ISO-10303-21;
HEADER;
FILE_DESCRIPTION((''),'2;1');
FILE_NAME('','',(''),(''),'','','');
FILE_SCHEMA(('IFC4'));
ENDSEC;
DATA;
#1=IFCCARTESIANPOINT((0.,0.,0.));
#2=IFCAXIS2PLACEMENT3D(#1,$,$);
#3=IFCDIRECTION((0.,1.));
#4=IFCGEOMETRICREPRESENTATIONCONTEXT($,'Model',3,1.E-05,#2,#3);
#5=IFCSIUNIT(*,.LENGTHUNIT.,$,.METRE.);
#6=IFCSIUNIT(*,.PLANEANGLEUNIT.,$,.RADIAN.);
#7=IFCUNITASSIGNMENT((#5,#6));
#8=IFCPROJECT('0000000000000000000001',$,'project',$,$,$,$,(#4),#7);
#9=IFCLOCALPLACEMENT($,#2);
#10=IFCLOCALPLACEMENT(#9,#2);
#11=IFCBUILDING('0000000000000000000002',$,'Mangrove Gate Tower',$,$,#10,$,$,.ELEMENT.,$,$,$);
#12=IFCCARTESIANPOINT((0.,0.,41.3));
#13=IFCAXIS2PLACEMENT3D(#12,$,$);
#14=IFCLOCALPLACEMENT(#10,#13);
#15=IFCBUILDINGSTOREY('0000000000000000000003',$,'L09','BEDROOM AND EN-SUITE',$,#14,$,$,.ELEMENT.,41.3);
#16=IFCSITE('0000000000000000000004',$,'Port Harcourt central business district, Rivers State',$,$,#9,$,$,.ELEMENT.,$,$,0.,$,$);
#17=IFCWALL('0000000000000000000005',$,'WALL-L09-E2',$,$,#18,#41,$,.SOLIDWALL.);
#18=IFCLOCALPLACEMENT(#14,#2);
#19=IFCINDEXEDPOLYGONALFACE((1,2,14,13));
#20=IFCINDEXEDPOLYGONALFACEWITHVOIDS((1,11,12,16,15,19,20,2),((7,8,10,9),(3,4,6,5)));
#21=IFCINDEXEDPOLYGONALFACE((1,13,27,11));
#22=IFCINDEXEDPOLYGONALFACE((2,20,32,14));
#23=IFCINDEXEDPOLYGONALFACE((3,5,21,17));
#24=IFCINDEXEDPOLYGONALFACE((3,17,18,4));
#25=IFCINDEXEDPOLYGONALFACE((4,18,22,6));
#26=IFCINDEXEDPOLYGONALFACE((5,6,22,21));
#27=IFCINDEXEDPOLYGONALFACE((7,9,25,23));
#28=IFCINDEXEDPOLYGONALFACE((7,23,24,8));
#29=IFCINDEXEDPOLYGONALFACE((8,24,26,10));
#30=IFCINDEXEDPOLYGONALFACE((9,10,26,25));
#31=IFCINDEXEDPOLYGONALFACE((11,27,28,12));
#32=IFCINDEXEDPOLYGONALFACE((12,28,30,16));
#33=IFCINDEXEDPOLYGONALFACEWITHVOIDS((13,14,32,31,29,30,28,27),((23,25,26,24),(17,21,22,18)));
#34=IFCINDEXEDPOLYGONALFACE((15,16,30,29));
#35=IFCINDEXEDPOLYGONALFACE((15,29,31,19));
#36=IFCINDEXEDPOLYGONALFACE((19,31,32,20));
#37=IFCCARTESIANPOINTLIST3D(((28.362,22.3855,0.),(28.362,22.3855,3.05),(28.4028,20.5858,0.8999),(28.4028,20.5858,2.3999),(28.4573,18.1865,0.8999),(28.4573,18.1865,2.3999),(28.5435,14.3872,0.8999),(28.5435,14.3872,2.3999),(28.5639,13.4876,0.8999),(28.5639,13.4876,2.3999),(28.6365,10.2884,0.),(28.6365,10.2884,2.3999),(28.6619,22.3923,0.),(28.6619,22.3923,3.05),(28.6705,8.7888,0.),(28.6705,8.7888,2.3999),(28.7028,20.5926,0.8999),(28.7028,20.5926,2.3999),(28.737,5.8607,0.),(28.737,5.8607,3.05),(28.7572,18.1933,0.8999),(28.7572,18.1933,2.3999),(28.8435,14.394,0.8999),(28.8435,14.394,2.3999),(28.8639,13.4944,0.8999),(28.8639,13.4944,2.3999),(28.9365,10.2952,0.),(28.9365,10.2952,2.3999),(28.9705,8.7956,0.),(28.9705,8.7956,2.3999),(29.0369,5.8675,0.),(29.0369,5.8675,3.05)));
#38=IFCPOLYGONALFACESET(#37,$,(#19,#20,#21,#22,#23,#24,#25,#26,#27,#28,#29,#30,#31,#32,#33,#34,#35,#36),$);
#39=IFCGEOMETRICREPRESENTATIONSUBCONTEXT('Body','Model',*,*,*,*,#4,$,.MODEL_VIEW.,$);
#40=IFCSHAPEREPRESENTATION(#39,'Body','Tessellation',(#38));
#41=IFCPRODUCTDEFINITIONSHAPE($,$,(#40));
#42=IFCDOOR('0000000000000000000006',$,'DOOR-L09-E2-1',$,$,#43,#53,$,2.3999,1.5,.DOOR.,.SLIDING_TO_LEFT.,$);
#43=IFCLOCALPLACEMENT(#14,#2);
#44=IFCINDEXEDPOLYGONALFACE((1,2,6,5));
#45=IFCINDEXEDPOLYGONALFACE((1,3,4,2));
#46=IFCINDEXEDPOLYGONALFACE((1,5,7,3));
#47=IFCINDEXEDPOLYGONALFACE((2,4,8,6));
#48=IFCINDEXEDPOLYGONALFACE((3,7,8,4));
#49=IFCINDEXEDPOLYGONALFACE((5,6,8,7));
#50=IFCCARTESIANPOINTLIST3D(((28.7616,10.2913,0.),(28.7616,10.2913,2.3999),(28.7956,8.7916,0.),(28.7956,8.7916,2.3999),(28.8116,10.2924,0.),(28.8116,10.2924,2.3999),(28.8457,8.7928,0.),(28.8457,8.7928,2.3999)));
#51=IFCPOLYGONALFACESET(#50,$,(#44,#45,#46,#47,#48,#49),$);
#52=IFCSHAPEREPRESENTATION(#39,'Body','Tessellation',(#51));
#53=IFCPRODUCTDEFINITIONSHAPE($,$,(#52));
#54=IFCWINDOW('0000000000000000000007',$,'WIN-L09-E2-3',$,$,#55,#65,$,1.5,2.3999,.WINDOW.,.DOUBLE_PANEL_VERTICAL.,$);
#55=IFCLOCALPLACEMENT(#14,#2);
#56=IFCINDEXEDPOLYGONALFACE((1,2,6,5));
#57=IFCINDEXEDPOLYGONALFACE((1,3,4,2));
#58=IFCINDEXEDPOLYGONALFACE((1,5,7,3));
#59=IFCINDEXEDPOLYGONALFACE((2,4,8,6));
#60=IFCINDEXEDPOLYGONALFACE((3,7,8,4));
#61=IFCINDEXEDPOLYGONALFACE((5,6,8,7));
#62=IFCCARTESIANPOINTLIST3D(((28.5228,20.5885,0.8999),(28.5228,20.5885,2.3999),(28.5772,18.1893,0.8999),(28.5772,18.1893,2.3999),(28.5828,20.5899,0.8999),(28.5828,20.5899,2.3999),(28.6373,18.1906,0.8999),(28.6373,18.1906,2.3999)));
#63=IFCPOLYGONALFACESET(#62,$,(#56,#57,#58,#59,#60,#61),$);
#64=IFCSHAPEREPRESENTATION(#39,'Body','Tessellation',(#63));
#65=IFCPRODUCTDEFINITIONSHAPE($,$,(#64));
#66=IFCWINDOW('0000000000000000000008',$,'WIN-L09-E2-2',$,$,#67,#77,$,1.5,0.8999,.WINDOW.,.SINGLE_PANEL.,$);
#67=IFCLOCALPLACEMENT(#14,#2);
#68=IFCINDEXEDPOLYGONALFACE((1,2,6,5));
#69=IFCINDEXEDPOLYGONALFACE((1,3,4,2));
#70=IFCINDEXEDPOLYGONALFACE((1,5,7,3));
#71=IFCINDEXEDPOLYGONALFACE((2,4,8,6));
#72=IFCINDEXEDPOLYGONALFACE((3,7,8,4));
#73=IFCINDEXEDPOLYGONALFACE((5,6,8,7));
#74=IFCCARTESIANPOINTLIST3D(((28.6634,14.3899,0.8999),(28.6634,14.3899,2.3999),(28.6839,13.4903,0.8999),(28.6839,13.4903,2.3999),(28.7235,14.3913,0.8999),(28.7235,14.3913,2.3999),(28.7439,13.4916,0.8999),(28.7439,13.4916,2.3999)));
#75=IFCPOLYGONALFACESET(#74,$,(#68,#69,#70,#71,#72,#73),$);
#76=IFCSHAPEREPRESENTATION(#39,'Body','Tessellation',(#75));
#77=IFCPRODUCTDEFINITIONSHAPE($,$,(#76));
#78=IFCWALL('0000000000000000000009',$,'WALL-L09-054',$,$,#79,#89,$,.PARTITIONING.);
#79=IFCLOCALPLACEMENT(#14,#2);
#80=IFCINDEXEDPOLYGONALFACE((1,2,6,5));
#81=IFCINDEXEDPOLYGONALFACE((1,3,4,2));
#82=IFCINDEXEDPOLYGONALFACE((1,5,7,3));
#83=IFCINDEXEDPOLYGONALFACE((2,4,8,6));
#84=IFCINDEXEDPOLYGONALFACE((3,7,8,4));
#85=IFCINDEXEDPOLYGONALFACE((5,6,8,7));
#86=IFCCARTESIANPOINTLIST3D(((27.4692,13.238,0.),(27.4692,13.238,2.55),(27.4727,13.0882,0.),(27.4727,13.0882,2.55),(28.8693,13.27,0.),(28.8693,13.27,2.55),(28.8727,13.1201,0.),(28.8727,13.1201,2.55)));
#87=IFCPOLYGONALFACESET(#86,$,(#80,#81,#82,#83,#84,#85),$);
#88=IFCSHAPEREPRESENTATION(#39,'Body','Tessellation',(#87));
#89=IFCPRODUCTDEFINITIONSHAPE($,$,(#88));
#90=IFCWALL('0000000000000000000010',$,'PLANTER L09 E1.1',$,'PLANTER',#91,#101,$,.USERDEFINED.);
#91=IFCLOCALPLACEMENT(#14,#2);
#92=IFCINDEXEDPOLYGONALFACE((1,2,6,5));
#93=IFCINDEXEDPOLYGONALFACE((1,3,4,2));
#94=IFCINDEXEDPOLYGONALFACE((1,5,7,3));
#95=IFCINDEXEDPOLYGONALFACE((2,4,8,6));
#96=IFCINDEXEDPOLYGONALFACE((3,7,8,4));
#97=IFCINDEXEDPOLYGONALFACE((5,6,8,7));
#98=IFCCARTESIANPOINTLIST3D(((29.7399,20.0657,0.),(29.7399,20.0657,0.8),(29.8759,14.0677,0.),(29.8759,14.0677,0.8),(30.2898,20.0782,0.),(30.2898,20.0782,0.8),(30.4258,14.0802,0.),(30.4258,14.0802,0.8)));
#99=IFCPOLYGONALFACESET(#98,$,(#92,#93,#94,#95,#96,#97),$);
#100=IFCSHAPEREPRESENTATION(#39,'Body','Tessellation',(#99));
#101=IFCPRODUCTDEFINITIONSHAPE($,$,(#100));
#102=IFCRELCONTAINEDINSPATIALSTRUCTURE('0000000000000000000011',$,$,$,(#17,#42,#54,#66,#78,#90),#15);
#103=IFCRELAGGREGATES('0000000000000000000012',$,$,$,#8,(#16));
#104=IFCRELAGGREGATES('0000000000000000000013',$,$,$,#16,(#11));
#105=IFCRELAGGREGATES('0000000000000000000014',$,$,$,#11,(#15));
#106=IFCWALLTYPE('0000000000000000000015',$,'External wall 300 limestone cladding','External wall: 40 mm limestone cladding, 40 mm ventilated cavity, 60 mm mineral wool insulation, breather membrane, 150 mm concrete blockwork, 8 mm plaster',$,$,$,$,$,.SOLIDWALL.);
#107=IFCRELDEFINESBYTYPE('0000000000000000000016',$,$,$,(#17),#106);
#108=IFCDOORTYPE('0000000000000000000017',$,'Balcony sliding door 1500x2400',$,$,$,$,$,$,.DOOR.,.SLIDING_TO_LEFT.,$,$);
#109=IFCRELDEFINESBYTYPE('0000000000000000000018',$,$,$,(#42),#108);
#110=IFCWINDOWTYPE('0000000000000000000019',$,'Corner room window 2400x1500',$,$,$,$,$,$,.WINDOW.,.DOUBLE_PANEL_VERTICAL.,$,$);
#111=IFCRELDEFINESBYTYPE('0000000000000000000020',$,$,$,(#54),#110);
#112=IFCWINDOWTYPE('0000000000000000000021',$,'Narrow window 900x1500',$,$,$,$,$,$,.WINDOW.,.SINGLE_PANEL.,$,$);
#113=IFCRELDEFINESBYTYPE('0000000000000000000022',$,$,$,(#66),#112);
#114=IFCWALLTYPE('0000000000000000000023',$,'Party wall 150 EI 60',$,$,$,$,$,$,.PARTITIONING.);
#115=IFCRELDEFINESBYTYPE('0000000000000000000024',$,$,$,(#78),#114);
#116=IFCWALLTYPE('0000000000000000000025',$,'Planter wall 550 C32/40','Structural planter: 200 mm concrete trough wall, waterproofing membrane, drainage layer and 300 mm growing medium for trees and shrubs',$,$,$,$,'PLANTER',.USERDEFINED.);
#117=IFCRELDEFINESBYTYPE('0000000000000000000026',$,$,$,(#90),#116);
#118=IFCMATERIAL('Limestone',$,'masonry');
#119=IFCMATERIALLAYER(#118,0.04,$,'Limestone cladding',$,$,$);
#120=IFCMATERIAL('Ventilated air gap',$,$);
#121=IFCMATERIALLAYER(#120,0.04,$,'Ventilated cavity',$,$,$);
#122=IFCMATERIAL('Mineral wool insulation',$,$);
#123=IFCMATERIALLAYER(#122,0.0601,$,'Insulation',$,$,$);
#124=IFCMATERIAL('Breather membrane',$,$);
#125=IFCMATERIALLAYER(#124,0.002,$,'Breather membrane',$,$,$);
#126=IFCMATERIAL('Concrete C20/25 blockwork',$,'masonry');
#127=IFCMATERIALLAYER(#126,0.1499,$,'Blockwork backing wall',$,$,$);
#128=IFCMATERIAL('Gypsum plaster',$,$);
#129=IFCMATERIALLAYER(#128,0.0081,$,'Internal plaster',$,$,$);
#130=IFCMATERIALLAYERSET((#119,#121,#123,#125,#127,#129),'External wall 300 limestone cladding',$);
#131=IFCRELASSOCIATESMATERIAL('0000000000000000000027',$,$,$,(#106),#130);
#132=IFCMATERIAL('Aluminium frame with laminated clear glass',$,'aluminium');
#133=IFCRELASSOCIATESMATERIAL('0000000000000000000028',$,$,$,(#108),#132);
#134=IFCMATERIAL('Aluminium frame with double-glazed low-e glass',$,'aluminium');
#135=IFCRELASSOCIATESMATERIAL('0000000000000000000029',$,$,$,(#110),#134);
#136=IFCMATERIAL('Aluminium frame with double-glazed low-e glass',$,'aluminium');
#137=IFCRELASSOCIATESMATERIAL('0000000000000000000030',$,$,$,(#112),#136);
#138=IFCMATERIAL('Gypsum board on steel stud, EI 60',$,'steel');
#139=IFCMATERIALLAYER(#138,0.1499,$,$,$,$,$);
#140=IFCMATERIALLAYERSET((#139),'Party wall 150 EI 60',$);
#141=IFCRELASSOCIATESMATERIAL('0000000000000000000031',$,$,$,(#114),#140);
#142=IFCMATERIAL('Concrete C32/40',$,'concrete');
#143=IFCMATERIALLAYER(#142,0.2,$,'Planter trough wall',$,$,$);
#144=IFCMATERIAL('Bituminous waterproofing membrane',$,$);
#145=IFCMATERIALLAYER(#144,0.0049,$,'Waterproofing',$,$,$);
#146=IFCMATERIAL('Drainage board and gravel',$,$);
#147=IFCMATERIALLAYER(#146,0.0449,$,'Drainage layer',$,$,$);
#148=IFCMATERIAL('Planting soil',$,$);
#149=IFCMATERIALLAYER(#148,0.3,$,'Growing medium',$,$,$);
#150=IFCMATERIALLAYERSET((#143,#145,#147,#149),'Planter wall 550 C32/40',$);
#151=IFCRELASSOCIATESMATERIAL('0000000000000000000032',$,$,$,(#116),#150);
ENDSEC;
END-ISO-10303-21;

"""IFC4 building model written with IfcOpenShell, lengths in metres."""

from ifc_helpers import new_model, si_unit, direction, frame, frame_2d, origin, place, context, subcontext, project, spatial, rectangle, extrude, material, layer, layer_set, type_object, element, fill, save


model = new_model("IFC4")

# Units and contexts
model_context = context("Model", 3, precision=1e-05, world=origin(), true_north=direction((0.0, 1.0)))
body_context = subcontext(model_context, "Body", "Model", "MODEL_VIEW")
ifc_project = project(units=[si_unit("LENGTHUNIT", "METRE"), si_unit("PLANEANGLEUNIT", "RADIAN")], contexts=[model_context])

# Site, building, storey
site_placement = place(None, origin())
site = spatial("IfcSite", under=ifc_project, at=site_placement, Name="Port Harcourt central business district, Rivers State", CompositionType="ELEMENT", RefElevation=0.0)
building_placement = place(site_placement, origin())
building = spatial("IfcBuilding", under=site, at=building_placement, Name="Mangrove Gate Tower", CompositionType="ELEMENT")
storey_placement = place(building_placement, frame((0.0, 0.0, 41.3)))
storey = spatial("IfcBuildingStorey", under=building, at=storey_placement, Name="L09", Description="BEDROOM AND EN-SUITE", CompositionType="ELEMENT", Elevation=41.3)

# Wall, openings, door, windows
ifc_material_1 = material(Name="Limestone", Category="masonry")
ifc_layer_1 = layer(ifc_material_1, 0.04, Name="Limestone cladding")
ifc_material_2 = material(Name="Ventilated air gap")
ifc_layer_2 = layer(ifc_material_2, 0.04, Name="Ventilated cavity")
ifc_material_3 = material(Name="Mineral wool insulation")
ifc_layer_3 = layer(ifc_material_3, 0.0601, Name="Insulation")
ifc_material_4 = material(Name="Breather membrane")
ifc_layer_4 = layer(ifc_material_4, 0.002, Name="Breather membrane")
ifc_material_5 = material(Name="Concrete C20/25 blockwork", Category="masonry")
ifc_layer_5 = layer(ifc_material_5, 0.1499, Name="Blockwork backing wall")
ifc_material_6 = material(Name="Gypsum plaster")
ifc_layer_6 = layer(ifc_material_6, 0.0081, Name="Internal plaster")
ifc_layer_set_1 = layer_set([ifc_layer_1, ifc_layer_2, ifc_layer_3, ifc_layer_4, ifc_layer_5, ifc_layer_6], Name="External wall 300 limestone cladding")
wall_type_1 = type_object("IfcWallType", Name="External wall 300 limestone cladding", Description="External wall: 40 mm limestone cladding, 40 mm ventilated cavity, 60 mm mineral wool insulation, breather membrane, 150 mm concrete blockwork, 8 mm plaster", PredefinedType="SOLIDWALL", material=ifc_layer_set_1)
wall_1_placement = place(storey_placement, frame((28.887, 5.864, 0.0), z_axis=(0.0, 0.0, 1.0), x_axis=(-0.022687, 0.999743, 0.0)))
wall_1 = element("IfcWall", 1, at=wall_1_placement, inside=storey, type_object=wall_type_1, Name="WALL-L09-E2", PredefinedType="SOLIDWALL", context=body_context, shape_type="SweptSolid", body=[
    extrude(rectangle(XDim=16.5291, YDim=0.3, at=frame_2d((8.2646, 0.0))), origin(), (0.0, 0.0, 1.0), 3.05),
])
opening_1_placement = place(wall_1_placement, frame((2.929, 0.0, 0.0)))
opening_1 = element("IfcOpeningElement", 2, at=opening_1_placement, cuts=wall_1, PredefinedType="OPENING", context=body_context, shape_type="SweptSolid", body=[
    extrude(rectangle(XDim=1.5, YDim=2.3999, at=frame_2d((0.75, 1.2))), frame((0.0, 0.1599, 0.0), z_axis=(0.0, -1.0, 0.0), x_axis=(1.0, 0.0, 0.0)), (0.0, 0.0, 1.0), 0.3201),
])
opening_2_placement = place(wall_1_placement, frame((7.6289, 0.0, 0.8999)))
opening_2 = element("IfcOpeningElement", 3, at=opening_2_placement, cuts=wall_1, PredefinedType="OPENING", context=body_context, shape_type="SweptSolid", body=[
    extrude(rectangle(XDim=0.8999, YDim=1.5, at=frame_2d((0.45, 0.75))), frame((0.0, 0.1599, 0.0), z_axis=(0.0, -1.0, 0.0), x_axis=(1.0, 0.0, 0.0)), (0.0, 0.0, 1.0), 0.3201),
])
opening_3_placement = place(wall_1_placement, frame((12.3291, 0.0, 0.8999)))
opening_3 = element("IfcOpeningElement", 4, at=opening_3_placement, cuts=wall_1, PredefinedType="OPENING", context=body_context, shape_type="SweptSolid", body=[
    extrude(rectangle(XDim=2.3999, YDim=1.5, at=frame_2d((1.2, 0.75))), frame((0.0, 0.1599, 0.0), z_axis=(0.0, -1.0, 0.0), x_axis=(1.0, 0.0, 0.0)), (0.0, 0.0, 1.0), 0.3201),
])
ifc_material_7 = material(Name="Aluminium frame with laminated clear glass", Category="aluminium")
door_type = type_object("IfcDoorType", Name="Balcony sliding door 1500x2400", OperationType="SLIDING_TO_LEFT", PredefinedType="DOOR", material=ifc_material_7)
door_placement = place(opening_1_placement, origin())
door = element("IfcDoor", 5, at=door_placement, inside=storey, type_object=door_type, Name="DOOR-L09-E2-1", OperationType="SLIDING_TO_LEFT", OverallHeight=2.3999, OverallWidth=1.5, PredefinedType="DOOR", context=body_context, shape_type="SweptSolid", body=[
    extrude(rectangle(XDim=1.5, YDim=2.3999, at=frame_2d((0.75, 1.2))), frame((0.0, 0.0249, 0.0), z_axis=(0.0, -1.0, 0.0), x_axis=(1.0, 0.0, 0.0)), (0.0, 0.0, 1.0), 0.05),
])
fill(opening_1, door)
ifc_material_8 = material(Name="Aluminium frame with double-glazed low-e glass", Category="aluminium")
window_type_1 = type_object("IfcWindowType", Name="Corner room window 2400x1500", PartitioningType="DOUBLE_PANEL_VERTICAL", PredefinedType="WINDOW", material=ifc_material_8)
window_1_placement = place(opening_3_placement, origin())
window_1 = element("IfcWindow", 6, at=window_1_placement, inside=storey, type_object=window_type_1, Name="WIN-L09-E2-3", OverallHeight=1.5, OverallWidth=2.3999, PartitioningType="DOUBLE_PANEL_VERTICAL", PredefinedType="WINDOW", context=body_context, shape_type="SweptSolid", body=[
    extrude(rectangle(XDim=2.3999, YDim=1.5, at=frame_2d((1.2, 0.75))), frame((0.0, 0.03, 0.0), z_axis=(0.0, -1.0, 0.0), x_axis=(1.0, 0.0, 0.0)), (0.0, 0.0, 1.0), 0.0601),
])
fill(opening_3, window_1)
ifc_material_9 = material(Name="Aluminium frame with double-glazed low-e glass", Category="aluminium")
window_type_2 = type_object("IfcWindowType", Name="Narrow window 900x1500", PartitioningType="SINGLE_PANEL", PredefinedType="WINDOW", material=ifc_material_9)
window_2_placement = place(opening_2_placement, origin())
window_2 = element("IfcWindow", 7, at=window_2_placement, inside=storey, type_object=window_type_2, Name="WIN-L09-E2-2", OverallHeight=1.5, OverallWidth=0.8999, PartitioningType="SINGLE_PANEL", PredefinedType="WINDOW", context=body_context, shape_type="SweptSolid", body=[
    extrude(rectangle(XDim=0.8999, YDim=1.5, at=frame_2d((0.45, 0.75))), frame((0.0, 0.03, 0.0), z_axis=(0.0, -1.0, 0.0), x_axis=(1.0, 0.0, 0.0)), (0.0, 0.0, 1.0), 0.0601),
])
fill(opening_2, window_2)

# Walls
ifc_material_10 = material(Name="Gypsum board on steel stud, EI 60", Category="steel")
ifc_layer_7 = layer(ifc_material_10, 0.1499)
ifc_layer_set_2 = layer_set([ifc_layer_7], Name="Party wall 150 EI 60")
wall_type_2 = type_object("IfcWallType", Name="Party wall 150 EI 60", PredefinedType="PARTITIONING", material=ifc_layer_set_2)
wall_2_placement = place(storey_placement, frame((27.4709, 13.1631, 0.0), z_axis=(0.0, 0.0, 1.0), x_axis=(0.999739, 0.022836, 0.0)))
element("IfcWall", 8, at=wall_2_placement, inside=storey, type_object=wall_type_2, Name="WALL-L09-054", PredefinedType="PARTITIONING", context=body_context, shape_type="SweptSolid", body=[
    extrude(rectangle(XDim=1.4004, YDim=0.1499, at=frame_2d((0.7002, 0.0))), origin(), (0.0, 0.0, 1.0), 2.55),
])
ifc_material_11 = material(Name="Concrete C32/40", Category="concrete")
ifc_layer_8 = layer(ifc_material_11, 0.2, Name="Planter trough wall")
ifc_material_12 = material(Name="Bituminous waterproofing membrane")
ifc_layer_9 = layer(ifc_material_12, 0.0049, Name="Waterproofing")
ifc_material_13 = material(Name="Drainage board and gravel")
ifc_layer_10 = layer(ifc_material_13, 0.0449, Name="Drainage layer")
ifc_material_14 = material(Name="Planting soil")
ifc_layer_11 = layer(ifc_material_14, 0.3, Name="Growing medium")
ifc_layer_set_3 = layer_set([ifc_layer_8, ifc_layer_9, ifc_layer_10, ifc_layer_11], Name="Planter wall 550 C32/40")
wall_type_3 = type_object("IfcWallType", Name="Planter wall 550 C32/40", Description="Structural planter: 200 mm concrete trough wall, waterproofing membrane, drainage layer and 300 mm growing medium for trees and shrubs", ElementType="PLANTER", PredefinedType="USERDEFINED", material=ifc_layer_set_3)
wall_3_placement = place(storey_placement, frame((30.1509, 14.074, 0.0), z_axis=(0.0, 0.0, 1.0), x_axis=(-0.022666, 0.999743, 0.0)))
element("IfcWall", 9, at=wall_3_placement, inside=storey, type_object=wall_type_3, Name="PLANTER L09 E1.1", ObjectType="PLANTER", PredefinedType="USERDEFINED", context=body_context, shape_type="SweptSolid", body=[
    extrude(rectangle(XDim=5.9995, YDim=0.55, at=frame_2d((2.9998, 0.0))), origin(), (0.0, 0.0, 1.0), 0.8),
])

save(model, "model.ifc")
